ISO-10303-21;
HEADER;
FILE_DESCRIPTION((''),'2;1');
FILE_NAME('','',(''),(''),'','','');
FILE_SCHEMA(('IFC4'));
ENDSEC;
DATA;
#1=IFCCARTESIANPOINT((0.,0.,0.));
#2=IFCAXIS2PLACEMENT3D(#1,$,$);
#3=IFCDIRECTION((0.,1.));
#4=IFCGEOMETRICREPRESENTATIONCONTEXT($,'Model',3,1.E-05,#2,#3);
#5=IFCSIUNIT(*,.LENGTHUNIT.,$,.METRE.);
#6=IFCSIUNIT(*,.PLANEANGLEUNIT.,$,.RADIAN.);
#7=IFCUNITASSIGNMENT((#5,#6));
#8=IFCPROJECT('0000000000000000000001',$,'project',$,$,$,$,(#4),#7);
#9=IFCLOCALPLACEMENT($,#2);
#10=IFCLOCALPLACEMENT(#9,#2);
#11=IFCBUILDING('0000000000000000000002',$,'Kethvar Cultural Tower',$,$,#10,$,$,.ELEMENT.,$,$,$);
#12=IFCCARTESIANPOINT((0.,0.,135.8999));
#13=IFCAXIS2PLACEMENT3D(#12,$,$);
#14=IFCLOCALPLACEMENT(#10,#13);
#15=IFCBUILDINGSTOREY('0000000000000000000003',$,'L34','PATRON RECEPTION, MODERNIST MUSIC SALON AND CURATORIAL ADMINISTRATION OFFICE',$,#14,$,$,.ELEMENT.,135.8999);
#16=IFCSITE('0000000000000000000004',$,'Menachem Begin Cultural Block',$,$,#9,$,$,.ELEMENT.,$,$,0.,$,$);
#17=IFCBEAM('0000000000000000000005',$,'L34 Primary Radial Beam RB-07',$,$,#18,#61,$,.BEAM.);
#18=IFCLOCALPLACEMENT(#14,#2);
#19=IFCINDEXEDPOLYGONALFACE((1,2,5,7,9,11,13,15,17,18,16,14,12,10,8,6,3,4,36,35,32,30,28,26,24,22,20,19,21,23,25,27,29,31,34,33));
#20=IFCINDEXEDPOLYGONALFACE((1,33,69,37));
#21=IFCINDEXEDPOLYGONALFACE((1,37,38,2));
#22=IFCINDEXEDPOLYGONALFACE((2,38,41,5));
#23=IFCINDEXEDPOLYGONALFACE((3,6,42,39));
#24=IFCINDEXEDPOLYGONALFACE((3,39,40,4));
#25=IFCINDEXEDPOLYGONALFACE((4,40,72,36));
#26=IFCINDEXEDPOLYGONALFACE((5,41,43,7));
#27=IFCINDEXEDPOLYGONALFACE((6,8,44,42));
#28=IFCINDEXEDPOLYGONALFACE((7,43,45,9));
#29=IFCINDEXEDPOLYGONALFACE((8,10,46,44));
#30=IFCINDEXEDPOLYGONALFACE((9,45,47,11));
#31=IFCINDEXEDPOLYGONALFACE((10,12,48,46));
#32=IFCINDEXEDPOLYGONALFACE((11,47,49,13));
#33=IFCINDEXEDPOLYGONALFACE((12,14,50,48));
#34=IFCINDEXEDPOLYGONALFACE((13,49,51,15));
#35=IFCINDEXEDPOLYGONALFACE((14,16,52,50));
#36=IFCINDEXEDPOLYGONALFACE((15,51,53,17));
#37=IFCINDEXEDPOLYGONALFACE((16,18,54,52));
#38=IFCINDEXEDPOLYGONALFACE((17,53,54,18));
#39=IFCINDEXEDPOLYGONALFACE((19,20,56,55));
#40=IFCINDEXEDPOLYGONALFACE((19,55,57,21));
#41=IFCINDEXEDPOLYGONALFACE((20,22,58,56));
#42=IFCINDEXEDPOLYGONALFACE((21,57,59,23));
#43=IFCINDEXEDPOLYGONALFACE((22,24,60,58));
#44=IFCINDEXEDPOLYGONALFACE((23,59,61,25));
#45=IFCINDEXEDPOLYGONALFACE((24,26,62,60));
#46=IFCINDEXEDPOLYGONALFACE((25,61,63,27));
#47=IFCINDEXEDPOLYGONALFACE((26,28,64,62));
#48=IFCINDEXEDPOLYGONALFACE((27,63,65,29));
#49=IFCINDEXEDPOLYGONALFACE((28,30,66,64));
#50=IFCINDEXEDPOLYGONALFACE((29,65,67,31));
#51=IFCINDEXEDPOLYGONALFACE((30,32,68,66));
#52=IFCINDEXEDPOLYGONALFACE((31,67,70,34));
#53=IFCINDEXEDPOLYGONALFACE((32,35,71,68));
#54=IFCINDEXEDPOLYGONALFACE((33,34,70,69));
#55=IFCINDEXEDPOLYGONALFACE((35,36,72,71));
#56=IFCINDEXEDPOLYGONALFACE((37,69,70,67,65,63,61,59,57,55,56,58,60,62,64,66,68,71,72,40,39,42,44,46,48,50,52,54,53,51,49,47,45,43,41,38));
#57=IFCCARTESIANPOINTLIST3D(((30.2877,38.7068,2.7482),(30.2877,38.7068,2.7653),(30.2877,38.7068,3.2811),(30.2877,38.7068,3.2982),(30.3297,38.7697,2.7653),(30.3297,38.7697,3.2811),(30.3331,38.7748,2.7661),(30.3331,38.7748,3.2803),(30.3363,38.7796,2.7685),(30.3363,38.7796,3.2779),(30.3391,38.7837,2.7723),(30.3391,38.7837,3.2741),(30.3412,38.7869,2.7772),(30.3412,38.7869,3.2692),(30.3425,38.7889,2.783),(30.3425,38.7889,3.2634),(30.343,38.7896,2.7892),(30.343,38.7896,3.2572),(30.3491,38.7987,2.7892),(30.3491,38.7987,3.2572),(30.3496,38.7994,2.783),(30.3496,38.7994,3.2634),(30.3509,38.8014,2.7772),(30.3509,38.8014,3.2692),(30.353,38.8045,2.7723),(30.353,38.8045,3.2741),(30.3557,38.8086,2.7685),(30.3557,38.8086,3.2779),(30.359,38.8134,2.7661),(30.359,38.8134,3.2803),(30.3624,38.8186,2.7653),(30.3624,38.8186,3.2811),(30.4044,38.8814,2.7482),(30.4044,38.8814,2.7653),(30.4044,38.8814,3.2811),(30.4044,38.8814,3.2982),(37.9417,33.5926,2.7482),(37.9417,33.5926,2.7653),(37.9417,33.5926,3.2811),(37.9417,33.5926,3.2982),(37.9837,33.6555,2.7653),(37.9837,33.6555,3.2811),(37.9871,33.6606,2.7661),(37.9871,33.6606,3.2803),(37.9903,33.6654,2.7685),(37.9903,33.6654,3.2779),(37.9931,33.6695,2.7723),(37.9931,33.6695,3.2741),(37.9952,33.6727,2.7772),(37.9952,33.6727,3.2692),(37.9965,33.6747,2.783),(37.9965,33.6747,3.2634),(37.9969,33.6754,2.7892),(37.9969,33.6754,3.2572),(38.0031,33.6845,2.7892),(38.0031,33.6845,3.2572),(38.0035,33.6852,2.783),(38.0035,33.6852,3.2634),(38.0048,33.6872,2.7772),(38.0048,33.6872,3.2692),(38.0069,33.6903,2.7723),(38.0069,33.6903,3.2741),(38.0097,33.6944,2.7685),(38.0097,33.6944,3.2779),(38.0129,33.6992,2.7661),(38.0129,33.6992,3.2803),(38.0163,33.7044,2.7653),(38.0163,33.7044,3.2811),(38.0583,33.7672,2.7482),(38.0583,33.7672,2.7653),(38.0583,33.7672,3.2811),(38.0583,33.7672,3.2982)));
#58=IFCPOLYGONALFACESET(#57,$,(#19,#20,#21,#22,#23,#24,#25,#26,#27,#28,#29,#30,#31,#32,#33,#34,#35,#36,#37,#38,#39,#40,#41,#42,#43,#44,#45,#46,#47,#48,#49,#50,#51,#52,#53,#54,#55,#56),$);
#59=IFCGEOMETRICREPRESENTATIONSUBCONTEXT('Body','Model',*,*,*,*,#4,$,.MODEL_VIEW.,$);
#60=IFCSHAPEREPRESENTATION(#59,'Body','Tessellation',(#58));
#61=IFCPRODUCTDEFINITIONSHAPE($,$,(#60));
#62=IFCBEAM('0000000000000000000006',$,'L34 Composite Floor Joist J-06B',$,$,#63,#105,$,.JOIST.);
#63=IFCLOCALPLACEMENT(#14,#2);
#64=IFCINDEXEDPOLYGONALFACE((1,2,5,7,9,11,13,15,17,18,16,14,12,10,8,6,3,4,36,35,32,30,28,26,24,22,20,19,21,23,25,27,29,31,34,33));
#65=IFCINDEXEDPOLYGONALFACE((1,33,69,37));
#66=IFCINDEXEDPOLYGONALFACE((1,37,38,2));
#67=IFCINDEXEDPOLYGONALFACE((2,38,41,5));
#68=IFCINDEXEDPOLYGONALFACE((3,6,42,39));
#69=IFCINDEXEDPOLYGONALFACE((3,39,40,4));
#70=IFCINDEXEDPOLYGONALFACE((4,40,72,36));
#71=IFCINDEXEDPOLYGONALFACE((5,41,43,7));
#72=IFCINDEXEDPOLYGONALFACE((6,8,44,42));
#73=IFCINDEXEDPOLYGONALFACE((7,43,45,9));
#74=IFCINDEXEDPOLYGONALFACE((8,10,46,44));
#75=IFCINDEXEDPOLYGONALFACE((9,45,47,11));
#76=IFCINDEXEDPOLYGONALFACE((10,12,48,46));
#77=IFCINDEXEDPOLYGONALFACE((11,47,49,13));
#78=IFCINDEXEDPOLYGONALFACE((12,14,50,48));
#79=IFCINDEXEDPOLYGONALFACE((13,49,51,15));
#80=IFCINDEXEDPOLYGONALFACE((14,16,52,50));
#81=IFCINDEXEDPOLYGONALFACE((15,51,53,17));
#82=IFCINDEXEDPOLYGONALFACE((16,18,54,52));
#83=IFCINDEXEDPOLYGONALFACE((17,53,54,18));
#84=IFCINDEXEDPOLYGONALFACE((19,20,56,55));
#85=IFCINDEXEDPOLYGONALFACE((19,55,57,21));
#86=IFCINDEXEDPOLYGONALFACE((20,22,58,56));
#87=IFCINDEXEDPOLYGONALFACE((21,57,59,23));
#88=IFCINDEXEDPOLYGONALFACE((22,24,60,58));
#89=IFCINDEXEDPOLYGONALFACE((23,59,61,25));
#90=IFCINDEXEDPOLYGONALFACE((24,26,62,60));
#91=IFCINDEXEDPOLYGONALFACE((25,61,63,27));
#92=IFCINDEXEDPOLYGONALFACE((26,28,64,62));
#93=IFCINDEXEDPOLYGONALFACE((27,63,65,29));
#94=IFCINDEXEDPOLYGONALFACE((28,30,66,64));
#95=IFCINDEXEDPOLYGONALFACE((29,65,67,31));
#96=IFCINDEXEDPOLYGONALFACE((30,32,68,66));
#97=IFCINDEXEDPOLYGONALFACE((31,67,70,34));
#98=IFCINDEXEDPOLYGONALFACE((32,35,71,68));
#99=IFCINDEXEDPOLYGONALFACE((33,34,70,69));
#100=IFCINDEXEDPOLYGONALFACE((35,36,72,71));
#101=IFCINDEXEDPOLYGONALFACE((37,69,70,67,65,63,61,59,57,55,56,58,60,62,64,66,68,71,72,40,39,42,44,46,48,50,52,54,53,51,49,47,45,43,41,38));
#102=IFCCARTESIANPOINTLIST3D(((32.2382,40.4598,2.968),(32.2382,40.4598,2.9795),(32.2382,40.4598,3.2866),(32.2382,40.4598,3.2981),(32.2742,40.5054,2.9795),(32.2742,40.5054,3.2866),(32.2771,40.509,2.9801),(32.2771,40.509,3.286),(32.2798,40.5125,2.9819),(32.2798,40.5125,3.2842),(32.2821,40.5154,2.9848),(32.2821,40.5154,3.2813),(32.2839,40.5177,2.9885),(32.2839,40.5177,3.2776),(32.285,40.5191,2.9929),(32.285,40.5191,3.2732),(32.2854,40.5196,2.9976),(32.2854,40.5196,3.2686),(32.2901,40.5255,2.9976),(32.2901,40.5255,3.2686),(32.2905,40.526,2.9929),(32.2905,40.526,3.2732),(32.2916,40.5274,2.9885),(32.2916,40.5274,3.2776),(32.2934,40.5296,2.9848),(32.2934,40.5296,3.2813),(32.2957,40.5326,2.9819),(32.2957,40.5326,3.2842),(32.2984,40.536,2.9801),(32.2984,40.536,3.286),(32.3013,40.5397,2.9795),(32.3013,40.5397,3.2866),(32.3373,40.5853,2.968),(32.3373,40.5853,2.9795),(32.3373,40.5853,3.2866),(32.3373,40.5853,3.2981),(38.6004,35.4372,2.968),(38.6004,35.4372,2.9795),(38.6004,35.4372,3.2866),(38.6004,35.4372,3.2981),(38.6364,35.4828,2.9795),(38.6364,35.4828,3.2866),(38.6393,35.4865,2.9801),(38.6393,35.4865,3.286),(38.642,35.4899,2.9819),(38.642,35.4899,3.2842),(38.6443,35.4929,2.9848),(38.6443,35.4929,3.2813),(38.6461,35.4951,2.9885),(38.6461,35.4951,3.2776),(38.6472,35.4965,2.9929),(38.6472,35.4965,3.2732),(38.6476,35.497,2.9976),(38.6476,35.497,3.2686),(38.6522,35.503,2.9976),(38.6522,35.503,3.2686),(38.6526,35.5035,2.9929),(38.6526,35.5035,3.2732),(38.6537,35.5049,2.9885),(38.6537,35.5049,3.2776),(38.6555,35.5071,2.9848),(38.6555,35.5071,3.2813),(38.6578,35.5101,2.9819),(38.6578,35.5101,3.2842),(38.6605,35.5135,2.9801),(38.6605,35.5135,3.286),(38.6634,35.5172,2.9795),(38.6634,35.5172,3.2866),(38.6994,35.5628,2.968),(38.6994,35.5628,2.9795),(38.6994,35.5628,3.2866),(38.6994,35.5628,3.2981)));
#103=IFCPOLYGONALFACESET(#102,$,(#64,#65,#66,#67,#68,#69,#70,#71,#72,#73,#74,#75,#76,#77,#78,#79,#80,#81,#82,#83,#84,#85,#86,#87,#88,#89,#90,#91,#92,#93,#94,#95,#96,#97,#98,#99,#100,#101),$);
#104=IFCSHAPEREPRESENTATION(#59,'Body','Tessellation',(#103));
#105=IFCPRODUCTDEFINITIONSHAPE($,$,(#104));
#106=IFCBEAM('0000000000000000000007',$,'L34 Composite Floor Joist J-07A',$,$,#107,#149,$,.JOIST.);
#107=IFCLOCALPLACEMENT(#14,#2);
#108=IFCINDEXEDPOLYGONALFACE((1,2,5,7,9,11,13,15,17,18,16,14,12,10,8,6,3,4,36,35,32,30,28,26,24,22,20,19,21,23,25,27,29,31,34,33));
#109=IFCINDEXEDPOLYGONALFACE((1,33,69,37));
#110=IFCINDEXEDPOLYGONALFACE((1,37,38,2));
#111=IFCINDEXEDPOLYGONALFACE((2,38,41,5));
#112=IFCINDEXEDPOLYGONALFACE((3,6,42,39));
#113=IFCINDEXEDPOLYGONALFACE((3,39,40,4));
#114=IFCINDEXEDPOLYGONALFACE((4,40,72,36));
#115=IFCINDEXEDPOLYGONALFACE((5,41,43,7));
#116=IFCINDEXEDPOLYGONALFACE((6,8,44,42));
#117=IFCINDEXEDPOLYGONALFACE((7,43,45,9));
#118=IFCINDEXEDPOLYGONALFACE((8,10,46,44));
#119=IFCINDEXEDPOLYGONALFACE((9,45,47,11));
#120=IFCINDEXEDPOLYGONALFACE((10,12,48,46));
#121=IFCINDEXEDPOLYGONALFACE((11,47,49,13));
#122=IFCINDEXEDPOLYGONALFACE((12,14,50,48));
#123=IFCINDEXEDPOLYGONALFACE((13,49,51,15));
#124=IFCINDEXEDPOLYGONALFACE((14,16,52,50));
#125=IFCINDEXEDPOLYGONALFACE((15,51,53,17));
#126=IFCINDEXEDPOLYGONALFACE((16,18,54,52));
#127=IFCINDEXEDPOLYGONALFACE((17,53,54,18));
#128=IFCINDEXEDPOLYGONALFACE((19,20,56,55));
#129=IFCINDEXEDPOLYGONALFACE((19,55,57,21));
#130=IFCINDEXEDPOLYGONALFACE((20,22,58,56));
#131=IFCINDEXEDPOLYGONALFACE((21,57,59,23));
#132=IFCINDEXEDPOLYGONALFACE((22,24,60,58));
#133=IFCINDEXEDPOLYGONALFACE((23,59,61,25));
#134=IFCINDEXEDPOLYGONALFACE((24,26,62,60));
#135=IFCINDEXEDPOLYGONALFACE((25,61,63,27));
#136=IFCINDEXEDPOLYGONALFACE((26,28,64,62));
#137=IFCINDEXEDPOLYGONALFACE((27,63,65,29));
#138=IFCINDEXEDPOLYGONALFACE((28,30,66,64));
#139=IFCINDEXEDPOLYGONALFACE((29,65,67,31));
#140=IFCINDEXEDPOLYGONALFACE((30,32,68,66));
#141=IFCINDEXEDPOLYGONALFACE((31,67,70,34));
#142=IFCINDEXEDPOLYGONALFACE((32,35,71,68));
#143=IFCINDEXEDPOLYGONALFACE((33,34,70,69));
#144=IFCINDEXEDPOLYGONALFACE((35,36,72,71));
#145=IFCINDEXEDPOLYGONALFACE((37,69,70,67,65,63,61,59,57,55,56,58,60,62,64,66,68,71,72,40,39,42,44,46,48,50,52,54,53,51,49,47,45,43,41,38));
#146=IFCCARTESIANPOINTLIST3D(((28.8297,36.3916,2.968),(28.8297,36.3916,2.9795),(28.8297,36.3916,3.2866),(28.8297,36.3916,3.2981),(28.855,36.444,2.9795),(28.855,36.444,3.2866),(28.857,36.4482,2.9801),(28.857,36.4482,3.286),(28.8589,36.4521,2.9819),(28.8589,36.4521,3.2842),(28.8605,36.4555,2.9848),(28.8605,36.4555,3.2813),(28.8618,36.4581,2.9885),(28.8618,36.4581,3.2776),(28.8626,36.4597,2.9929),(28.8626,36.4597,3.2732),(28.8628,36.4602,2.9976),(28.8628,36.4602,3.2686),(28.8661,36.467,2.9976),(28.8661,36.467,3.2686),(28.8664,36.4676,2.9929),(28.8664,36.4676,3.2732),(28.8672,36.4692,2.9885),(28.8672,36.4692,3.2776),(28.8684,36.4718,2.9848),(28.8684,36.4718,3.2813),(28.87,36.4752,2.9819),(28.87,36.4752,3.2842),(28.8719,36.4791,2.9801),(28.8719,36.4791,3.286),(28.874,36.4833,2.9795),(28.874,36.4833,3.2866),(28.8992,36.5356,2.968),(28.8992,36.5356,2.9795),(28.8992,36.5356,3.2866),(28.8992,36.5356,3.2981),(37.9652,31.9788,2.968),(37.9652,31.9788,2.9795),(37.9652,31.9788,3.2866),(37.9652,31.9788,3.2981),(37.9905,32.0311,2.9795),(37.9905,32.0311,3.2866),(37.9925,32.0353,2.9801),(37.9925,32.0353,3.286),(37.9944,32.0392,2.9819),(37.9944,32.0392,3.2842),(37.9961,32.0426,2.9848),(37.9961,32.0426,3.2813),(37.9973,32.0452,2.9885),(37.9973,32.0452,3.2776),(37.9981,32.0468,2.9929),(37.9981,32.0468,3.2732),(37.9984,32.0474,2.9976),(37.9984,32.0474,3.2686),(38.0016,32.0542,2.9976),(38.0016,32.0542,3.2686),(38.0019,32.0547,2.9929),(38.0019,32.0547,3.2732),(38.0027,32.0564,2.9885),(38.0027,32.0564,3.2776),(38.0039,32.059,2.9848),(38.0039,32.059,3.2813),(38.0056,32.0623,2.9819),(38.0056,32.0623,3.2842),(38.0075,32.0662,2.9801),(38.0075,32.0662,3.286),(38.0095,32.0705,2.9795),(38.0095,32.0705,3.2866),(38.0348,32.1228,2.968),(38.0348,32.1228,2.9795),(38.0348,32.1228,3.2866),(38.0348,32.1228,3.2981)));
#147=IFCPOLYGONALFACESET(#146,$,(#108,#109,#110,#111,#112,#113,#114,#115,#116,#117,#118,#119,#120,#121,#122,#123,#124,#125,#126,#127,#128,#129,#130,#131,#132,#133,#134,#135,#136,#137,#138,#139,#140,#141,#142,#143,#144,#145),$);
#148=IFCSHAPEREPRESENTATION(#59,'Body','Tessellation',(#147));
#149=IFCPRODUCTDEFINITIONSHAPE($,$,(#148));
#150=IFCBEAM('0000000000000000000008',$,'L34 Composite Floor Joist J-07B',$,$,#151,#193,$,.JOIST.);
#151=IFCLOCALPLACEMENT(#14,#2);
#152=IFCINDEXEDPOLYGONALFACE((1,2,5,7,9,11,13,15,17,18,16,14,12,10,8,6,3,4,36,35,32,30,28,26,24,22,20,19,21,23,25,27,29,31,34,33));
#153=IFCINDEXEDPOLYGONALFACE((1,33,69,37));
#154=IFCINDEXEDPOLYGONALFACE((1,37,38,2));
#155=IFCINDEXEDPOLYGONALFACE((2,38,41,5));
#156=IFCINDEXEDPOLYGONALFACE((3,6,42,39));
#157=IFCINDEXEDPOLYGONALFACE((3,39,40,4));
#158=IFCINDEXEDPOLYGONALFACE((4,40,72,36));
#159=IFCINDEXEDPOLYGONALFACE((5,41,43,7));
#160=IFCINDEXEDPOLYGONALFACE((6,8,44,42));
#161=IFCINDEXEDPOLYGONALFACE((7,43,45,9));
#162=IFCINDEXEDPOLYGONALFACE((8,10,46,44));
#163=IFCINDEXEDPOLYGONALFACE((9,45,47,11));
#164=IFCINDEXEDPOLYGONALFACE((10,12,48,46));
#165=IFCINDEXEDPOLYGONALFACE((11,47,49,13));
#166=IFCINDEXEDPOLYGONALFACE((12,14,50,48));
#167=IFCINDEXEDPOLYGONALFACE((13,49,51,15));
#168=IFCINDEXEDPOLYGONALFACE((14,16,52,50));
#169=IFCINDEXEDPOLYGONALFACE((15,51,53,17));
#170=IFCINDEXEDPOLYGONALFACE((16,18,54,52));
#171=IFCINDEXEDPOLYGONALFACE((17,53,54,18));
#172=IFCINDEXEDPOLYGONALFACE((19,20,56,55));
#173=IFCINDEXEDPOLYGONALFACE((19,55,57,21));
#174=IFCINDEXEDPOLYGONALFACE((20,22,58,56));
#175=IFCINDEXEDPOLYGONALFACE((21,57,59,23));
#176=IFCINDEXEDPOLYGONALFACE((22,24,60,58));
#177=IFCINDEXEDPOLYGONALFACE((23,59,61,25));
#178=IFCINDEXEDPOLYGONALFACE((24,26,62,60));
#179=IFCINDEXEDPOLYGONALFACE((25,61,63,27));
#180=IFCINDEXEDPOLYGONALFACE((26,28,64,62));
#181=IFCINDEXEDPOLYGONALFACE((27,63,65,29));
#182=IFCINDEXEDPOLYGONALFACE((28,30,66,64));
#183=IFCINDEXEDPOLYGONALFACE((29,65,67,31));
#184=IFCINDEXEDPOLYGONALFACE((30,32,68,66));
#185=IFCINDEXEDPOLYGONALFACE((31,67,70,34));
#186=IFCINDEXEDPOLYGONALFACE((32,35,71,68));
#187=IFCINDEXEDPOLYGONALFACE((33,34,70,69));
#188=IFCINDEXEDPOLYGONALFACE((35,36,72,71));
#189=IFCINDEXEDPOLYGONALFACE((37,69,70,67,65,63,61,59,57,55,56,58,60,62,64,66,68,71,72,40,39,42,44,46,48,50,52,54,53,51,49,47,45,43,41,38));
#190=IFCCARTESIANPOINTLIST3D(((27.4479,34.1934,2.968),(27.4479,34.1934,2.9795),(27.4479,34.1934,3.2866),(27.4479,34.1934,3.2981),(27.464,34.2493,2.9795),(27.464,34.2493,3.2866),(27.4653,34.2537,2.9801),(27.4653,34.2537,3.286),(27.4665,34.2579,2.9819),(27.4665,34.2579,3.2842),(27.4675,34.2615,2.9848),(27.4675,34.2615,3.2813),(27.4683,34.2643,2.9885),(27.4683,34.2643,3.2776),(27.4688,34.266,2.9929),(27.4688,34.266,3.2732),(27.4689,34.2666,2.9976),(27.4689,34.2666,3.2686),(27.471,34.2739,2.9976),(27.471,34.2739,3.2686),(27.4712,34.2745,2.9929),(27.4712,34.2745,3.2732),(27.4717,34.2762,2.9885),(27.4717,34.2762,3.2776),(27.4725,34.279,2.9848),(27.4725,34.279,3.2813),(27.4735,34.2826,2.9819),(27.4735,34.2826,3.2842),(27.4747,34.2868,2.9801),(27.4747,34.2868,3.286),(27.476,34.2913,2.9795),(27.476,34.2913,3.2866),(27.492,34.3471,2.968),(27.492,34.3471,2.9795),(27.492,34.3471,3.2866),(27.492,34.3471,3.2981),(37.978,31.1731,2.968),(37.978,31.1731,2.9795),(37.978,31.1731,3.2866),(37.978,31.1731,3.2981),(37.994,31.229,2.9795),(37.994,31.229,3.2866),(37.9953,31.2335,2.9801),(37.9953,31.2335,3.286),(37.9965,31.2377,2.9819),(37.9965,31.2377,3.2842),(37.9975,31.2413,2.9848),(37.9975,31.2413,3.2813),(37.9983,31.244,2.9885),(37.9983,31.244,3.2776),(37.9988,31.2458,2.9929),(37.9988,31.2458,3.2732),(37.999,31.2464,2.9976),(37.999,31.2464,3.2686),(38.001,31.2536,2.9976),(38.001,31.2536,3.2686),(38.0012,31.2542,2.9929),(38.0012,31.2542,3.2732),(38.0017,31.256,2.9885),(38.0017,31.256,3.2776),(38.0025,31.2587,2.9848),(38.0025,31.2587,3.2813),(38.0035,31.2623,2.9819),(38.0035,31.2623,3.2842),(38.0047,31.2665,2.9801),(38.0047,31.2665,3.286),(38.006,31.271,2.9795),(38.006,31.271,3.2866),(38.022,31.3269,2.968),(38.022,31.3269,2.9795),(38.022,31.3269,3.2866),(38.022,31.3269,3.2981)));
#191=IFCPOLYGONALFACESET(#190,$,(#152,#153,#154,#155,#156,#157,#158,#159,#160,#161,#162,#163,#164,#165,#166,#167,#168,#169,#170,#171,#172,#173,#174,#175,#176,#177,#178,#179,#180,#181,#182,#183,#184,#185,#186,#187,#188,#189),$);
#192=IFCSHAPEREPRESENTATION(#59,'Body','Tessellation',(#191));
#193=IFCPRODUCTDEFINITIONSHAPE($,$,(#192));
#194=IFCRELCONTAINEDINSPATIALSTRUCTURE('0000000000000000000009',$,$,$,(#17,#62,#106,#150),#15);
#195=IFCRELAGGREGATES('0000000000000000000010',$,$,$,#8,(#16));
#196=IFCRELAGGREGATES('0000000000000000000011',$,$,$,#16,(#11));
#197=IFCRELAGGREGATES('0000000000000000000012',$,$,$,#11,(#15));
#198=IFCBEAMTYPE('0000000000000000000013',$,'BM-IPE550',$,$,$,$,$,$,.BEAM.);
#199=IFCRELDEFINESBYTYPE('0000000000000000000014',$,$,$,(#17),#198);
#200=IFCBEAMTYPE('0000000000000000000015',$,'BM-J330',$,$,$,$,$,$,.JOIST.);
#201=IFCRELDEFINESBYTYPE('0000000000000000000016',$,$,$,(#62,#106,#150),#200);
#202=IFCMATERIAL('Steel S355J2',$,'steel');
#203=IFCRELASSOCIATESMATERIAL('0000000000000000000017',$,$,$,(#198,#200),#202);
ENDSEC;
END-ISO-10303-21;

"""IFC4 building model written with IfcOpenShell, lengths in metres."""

from ifc_helpers import new_model, si_unit, direction, frame, origin, origin_2d, place, context, subcontext, project, spatial, i_section, extrude, source, transform, mapped, material, material_profile, profile_set, type_object, element, save


model = new_model("IFC4")

# Units and contexts
model_context = context("Model", 3, precision=1e-05, world=origin(), true_north=direction((0.0, 1.0)))
body_context = subcontext(model_context, "Body", "Model", "MODEL_VIEW")
ifc_project = project(units=[si_unit("LENGTHUNIT", "METRE"), si_unit("PLANEANGLEUNIT", "RADIAN")], contexts=[model_context])

# Site, building, storey
site_placement = place(None, origin())
site = spatial("IfcSite", under=ifc_project, at=site_placement, Name="Menachem Begin Cultural Block", CompositionType="ELEMENT", RefElevation=0.0)
building_placement = place(site_placement, origin())
building = spatial("IfcBuilding", under=site, at=building_placement, Name="Kethvar Cultural Tower", CompositionType="ELEMENT")
storey_placement = place(building_placement, frame((0.0, 0.0, 135.8999)))
storey = spatial("IfcBuildingStorey", under=building, at=storey_placement, Name="L34", Description="PATRON RECEPTION, MODERNIST MUSIC SALON AND CURATORIAL ADMINISTRATION OFFICE", CompositionType="ELEMENT", Elevation=135.8999)

# Beams
ifc_material_1 = material(Name="Steel S355J2", Category="steel")
ifc_material_profile_1 = material_profile(ifc_material_1, i_section(OverallWidth=0.21, OverallDepth=0.55, WebThickness=0.011, FlangeThickness=0.0171, FilletRadius=0.0239, at=origin_2d()), Name="Steel S355J2 — IPE550")
ifc_profile_set_1 = profile_set([ifc_material_profile_1], Name="Steel S355J2 — IPE550")
beam_type_1 = type_object("IfcBeamType", Name="BM-IPE550", PredefinedType="BEAM", material=ifc_profile_set_1)
shared_shape_1 = source(origin(), body_context, "Body", "SweptSolid", [
    extrude(i_section(OverallWidth=0.21, OverallDepth=0.55, WebThickness=0.011, FlangeThickness=0.0171, FilletRadius=0.0239, at=origin_2d()), origin(), (0.0, 0.0, 1.0), 9.2053),
])
beam_1_placement = place(storey_placement, frame((38.0, 33.6799, 3.0232), z_axis=(-0.83147, 0.555569, 0.0), x_axis=(-0.555569, -0.83147, 0.0)))
element("IfcBeam", 1, at=beam_1_placement, inside=storey, type_object=beam_type_1, Name="L34 Primary Radial Beam RB-07", PredefinedType="BEAM", context=body_context, shape_type="MappedRepresentation", body=[
    mapped(shared_shape_1, transform((0.0, 0.0, 0.0), scale=1.0)),
])
ifc_material_profile_2 = material_profile(ifc_material_1, i_section(OverallWidth=0.1599, OverallDepth=0.3301, WebThickness=0.0076, FlangeThickness=0.0115, FilletRadius=0.0181, at=origin_2d()), Name="Steel S355J2 — IPE330")
ifc_profile_set_2 = profile_set([ifc_material_profile_2], Name="Steel S355J2 — IPE330")
beam_type_2 = type_object("IfcBeamType", Name="BM-J330", PredefinedType="JOIST", material=ifc_profile_set_2)
shared_shape_2 = source(origin(), body_context, "Body", "SweptSolid", [
    extrude(i_section(OverallWidth=0.1599, OverallDepth=0.3301, WebThickness=0.0076, FlangeThickness=0.0115, FilletRadius=0.0181, at=origin_2d()), origin(), (0.0, 0.0, 1.0), 8.1057),
])
beam_2_placement = place(storey_placement, frame((38.6499, 35.5, 3.1331), z_axis=(-0.784896, 0.619628, 0.0), x_axis=(-0.619628, -0.784896, 0.0)))
element("IfcBeam", 2, at=beam_2_placement, inside=storey, type_object=beam_type_2, Name="L34 Composite Floor Joist J-06B", PredefinedType="JOIST", context=body_context, shape_type="MappedRepresentation", body=[
    mapped(shared_shape_2, transform((0.0, 0.0, 0.0), scale=1.0)),
])
shared_shape_3 = source(origin(), body_context, "Body", "SweptSolid", [
    extrude(i_section(OverallWidth=0.1599, OverallDepth=0.3301, WebThickness=0.0076, FlangeThickness=0.0115, FilletRadius=0.0181, at=origin_2d()), origin(), (0.0, 0.0, 1.0), 10.1455),
])
beam_3_placement = place(storey_placement, frame((38.0, 32.0508, 3.1331), z_axis=(-0.900451, 0.434957, 0.0), x_axis=(-0.434957, -0.900451, 0.0)))
element("IfcBeam", 3, at=beam_3_placement, inside=storey, type_object=beam_type_2, Name="L34 Composite Floor Joist J-07A", PredefinedType="JOIST", context=body_context, shape_type="MappedRepresentation", body=[
    mapped(shared_shape_3, transform((0.0, 0.0, 0.0), scale=1.0)),
])
shared_shape_4 = source(origin(), body_context, "Body", "SweptSolid", [
    extrude(i_section(OverallWidth=0.1599, OverallDepth=0.3301, WebThickness=0.0076, FlangeThickness=0.0115, FilletRadius=0.0181, at=origin_2d()), origin(), (0.0, 0.0, 1.0), 10.9546),
])
beam_4_placement = place(storey_placement, frame((38.0, 31.25, 3.1331), z_axis=(-0.961242, 0.275707, 0.0), x_axis=(-0.275707, -0.961242, 0.0)))
element("IfcBeam", 4, at=beam_4_placement, inside=storey, type_object=beam_type_2, Name="L34 Composite Floor Joist J-07B", PredefinedType="JOIST", context=body_context, shape_type="MappedRepresentation", body=[
    mapped(shared_shape_4, transform((0.0, 0.0, 0.0), scale=1.0)),
])

save(model, "model.ifc")
